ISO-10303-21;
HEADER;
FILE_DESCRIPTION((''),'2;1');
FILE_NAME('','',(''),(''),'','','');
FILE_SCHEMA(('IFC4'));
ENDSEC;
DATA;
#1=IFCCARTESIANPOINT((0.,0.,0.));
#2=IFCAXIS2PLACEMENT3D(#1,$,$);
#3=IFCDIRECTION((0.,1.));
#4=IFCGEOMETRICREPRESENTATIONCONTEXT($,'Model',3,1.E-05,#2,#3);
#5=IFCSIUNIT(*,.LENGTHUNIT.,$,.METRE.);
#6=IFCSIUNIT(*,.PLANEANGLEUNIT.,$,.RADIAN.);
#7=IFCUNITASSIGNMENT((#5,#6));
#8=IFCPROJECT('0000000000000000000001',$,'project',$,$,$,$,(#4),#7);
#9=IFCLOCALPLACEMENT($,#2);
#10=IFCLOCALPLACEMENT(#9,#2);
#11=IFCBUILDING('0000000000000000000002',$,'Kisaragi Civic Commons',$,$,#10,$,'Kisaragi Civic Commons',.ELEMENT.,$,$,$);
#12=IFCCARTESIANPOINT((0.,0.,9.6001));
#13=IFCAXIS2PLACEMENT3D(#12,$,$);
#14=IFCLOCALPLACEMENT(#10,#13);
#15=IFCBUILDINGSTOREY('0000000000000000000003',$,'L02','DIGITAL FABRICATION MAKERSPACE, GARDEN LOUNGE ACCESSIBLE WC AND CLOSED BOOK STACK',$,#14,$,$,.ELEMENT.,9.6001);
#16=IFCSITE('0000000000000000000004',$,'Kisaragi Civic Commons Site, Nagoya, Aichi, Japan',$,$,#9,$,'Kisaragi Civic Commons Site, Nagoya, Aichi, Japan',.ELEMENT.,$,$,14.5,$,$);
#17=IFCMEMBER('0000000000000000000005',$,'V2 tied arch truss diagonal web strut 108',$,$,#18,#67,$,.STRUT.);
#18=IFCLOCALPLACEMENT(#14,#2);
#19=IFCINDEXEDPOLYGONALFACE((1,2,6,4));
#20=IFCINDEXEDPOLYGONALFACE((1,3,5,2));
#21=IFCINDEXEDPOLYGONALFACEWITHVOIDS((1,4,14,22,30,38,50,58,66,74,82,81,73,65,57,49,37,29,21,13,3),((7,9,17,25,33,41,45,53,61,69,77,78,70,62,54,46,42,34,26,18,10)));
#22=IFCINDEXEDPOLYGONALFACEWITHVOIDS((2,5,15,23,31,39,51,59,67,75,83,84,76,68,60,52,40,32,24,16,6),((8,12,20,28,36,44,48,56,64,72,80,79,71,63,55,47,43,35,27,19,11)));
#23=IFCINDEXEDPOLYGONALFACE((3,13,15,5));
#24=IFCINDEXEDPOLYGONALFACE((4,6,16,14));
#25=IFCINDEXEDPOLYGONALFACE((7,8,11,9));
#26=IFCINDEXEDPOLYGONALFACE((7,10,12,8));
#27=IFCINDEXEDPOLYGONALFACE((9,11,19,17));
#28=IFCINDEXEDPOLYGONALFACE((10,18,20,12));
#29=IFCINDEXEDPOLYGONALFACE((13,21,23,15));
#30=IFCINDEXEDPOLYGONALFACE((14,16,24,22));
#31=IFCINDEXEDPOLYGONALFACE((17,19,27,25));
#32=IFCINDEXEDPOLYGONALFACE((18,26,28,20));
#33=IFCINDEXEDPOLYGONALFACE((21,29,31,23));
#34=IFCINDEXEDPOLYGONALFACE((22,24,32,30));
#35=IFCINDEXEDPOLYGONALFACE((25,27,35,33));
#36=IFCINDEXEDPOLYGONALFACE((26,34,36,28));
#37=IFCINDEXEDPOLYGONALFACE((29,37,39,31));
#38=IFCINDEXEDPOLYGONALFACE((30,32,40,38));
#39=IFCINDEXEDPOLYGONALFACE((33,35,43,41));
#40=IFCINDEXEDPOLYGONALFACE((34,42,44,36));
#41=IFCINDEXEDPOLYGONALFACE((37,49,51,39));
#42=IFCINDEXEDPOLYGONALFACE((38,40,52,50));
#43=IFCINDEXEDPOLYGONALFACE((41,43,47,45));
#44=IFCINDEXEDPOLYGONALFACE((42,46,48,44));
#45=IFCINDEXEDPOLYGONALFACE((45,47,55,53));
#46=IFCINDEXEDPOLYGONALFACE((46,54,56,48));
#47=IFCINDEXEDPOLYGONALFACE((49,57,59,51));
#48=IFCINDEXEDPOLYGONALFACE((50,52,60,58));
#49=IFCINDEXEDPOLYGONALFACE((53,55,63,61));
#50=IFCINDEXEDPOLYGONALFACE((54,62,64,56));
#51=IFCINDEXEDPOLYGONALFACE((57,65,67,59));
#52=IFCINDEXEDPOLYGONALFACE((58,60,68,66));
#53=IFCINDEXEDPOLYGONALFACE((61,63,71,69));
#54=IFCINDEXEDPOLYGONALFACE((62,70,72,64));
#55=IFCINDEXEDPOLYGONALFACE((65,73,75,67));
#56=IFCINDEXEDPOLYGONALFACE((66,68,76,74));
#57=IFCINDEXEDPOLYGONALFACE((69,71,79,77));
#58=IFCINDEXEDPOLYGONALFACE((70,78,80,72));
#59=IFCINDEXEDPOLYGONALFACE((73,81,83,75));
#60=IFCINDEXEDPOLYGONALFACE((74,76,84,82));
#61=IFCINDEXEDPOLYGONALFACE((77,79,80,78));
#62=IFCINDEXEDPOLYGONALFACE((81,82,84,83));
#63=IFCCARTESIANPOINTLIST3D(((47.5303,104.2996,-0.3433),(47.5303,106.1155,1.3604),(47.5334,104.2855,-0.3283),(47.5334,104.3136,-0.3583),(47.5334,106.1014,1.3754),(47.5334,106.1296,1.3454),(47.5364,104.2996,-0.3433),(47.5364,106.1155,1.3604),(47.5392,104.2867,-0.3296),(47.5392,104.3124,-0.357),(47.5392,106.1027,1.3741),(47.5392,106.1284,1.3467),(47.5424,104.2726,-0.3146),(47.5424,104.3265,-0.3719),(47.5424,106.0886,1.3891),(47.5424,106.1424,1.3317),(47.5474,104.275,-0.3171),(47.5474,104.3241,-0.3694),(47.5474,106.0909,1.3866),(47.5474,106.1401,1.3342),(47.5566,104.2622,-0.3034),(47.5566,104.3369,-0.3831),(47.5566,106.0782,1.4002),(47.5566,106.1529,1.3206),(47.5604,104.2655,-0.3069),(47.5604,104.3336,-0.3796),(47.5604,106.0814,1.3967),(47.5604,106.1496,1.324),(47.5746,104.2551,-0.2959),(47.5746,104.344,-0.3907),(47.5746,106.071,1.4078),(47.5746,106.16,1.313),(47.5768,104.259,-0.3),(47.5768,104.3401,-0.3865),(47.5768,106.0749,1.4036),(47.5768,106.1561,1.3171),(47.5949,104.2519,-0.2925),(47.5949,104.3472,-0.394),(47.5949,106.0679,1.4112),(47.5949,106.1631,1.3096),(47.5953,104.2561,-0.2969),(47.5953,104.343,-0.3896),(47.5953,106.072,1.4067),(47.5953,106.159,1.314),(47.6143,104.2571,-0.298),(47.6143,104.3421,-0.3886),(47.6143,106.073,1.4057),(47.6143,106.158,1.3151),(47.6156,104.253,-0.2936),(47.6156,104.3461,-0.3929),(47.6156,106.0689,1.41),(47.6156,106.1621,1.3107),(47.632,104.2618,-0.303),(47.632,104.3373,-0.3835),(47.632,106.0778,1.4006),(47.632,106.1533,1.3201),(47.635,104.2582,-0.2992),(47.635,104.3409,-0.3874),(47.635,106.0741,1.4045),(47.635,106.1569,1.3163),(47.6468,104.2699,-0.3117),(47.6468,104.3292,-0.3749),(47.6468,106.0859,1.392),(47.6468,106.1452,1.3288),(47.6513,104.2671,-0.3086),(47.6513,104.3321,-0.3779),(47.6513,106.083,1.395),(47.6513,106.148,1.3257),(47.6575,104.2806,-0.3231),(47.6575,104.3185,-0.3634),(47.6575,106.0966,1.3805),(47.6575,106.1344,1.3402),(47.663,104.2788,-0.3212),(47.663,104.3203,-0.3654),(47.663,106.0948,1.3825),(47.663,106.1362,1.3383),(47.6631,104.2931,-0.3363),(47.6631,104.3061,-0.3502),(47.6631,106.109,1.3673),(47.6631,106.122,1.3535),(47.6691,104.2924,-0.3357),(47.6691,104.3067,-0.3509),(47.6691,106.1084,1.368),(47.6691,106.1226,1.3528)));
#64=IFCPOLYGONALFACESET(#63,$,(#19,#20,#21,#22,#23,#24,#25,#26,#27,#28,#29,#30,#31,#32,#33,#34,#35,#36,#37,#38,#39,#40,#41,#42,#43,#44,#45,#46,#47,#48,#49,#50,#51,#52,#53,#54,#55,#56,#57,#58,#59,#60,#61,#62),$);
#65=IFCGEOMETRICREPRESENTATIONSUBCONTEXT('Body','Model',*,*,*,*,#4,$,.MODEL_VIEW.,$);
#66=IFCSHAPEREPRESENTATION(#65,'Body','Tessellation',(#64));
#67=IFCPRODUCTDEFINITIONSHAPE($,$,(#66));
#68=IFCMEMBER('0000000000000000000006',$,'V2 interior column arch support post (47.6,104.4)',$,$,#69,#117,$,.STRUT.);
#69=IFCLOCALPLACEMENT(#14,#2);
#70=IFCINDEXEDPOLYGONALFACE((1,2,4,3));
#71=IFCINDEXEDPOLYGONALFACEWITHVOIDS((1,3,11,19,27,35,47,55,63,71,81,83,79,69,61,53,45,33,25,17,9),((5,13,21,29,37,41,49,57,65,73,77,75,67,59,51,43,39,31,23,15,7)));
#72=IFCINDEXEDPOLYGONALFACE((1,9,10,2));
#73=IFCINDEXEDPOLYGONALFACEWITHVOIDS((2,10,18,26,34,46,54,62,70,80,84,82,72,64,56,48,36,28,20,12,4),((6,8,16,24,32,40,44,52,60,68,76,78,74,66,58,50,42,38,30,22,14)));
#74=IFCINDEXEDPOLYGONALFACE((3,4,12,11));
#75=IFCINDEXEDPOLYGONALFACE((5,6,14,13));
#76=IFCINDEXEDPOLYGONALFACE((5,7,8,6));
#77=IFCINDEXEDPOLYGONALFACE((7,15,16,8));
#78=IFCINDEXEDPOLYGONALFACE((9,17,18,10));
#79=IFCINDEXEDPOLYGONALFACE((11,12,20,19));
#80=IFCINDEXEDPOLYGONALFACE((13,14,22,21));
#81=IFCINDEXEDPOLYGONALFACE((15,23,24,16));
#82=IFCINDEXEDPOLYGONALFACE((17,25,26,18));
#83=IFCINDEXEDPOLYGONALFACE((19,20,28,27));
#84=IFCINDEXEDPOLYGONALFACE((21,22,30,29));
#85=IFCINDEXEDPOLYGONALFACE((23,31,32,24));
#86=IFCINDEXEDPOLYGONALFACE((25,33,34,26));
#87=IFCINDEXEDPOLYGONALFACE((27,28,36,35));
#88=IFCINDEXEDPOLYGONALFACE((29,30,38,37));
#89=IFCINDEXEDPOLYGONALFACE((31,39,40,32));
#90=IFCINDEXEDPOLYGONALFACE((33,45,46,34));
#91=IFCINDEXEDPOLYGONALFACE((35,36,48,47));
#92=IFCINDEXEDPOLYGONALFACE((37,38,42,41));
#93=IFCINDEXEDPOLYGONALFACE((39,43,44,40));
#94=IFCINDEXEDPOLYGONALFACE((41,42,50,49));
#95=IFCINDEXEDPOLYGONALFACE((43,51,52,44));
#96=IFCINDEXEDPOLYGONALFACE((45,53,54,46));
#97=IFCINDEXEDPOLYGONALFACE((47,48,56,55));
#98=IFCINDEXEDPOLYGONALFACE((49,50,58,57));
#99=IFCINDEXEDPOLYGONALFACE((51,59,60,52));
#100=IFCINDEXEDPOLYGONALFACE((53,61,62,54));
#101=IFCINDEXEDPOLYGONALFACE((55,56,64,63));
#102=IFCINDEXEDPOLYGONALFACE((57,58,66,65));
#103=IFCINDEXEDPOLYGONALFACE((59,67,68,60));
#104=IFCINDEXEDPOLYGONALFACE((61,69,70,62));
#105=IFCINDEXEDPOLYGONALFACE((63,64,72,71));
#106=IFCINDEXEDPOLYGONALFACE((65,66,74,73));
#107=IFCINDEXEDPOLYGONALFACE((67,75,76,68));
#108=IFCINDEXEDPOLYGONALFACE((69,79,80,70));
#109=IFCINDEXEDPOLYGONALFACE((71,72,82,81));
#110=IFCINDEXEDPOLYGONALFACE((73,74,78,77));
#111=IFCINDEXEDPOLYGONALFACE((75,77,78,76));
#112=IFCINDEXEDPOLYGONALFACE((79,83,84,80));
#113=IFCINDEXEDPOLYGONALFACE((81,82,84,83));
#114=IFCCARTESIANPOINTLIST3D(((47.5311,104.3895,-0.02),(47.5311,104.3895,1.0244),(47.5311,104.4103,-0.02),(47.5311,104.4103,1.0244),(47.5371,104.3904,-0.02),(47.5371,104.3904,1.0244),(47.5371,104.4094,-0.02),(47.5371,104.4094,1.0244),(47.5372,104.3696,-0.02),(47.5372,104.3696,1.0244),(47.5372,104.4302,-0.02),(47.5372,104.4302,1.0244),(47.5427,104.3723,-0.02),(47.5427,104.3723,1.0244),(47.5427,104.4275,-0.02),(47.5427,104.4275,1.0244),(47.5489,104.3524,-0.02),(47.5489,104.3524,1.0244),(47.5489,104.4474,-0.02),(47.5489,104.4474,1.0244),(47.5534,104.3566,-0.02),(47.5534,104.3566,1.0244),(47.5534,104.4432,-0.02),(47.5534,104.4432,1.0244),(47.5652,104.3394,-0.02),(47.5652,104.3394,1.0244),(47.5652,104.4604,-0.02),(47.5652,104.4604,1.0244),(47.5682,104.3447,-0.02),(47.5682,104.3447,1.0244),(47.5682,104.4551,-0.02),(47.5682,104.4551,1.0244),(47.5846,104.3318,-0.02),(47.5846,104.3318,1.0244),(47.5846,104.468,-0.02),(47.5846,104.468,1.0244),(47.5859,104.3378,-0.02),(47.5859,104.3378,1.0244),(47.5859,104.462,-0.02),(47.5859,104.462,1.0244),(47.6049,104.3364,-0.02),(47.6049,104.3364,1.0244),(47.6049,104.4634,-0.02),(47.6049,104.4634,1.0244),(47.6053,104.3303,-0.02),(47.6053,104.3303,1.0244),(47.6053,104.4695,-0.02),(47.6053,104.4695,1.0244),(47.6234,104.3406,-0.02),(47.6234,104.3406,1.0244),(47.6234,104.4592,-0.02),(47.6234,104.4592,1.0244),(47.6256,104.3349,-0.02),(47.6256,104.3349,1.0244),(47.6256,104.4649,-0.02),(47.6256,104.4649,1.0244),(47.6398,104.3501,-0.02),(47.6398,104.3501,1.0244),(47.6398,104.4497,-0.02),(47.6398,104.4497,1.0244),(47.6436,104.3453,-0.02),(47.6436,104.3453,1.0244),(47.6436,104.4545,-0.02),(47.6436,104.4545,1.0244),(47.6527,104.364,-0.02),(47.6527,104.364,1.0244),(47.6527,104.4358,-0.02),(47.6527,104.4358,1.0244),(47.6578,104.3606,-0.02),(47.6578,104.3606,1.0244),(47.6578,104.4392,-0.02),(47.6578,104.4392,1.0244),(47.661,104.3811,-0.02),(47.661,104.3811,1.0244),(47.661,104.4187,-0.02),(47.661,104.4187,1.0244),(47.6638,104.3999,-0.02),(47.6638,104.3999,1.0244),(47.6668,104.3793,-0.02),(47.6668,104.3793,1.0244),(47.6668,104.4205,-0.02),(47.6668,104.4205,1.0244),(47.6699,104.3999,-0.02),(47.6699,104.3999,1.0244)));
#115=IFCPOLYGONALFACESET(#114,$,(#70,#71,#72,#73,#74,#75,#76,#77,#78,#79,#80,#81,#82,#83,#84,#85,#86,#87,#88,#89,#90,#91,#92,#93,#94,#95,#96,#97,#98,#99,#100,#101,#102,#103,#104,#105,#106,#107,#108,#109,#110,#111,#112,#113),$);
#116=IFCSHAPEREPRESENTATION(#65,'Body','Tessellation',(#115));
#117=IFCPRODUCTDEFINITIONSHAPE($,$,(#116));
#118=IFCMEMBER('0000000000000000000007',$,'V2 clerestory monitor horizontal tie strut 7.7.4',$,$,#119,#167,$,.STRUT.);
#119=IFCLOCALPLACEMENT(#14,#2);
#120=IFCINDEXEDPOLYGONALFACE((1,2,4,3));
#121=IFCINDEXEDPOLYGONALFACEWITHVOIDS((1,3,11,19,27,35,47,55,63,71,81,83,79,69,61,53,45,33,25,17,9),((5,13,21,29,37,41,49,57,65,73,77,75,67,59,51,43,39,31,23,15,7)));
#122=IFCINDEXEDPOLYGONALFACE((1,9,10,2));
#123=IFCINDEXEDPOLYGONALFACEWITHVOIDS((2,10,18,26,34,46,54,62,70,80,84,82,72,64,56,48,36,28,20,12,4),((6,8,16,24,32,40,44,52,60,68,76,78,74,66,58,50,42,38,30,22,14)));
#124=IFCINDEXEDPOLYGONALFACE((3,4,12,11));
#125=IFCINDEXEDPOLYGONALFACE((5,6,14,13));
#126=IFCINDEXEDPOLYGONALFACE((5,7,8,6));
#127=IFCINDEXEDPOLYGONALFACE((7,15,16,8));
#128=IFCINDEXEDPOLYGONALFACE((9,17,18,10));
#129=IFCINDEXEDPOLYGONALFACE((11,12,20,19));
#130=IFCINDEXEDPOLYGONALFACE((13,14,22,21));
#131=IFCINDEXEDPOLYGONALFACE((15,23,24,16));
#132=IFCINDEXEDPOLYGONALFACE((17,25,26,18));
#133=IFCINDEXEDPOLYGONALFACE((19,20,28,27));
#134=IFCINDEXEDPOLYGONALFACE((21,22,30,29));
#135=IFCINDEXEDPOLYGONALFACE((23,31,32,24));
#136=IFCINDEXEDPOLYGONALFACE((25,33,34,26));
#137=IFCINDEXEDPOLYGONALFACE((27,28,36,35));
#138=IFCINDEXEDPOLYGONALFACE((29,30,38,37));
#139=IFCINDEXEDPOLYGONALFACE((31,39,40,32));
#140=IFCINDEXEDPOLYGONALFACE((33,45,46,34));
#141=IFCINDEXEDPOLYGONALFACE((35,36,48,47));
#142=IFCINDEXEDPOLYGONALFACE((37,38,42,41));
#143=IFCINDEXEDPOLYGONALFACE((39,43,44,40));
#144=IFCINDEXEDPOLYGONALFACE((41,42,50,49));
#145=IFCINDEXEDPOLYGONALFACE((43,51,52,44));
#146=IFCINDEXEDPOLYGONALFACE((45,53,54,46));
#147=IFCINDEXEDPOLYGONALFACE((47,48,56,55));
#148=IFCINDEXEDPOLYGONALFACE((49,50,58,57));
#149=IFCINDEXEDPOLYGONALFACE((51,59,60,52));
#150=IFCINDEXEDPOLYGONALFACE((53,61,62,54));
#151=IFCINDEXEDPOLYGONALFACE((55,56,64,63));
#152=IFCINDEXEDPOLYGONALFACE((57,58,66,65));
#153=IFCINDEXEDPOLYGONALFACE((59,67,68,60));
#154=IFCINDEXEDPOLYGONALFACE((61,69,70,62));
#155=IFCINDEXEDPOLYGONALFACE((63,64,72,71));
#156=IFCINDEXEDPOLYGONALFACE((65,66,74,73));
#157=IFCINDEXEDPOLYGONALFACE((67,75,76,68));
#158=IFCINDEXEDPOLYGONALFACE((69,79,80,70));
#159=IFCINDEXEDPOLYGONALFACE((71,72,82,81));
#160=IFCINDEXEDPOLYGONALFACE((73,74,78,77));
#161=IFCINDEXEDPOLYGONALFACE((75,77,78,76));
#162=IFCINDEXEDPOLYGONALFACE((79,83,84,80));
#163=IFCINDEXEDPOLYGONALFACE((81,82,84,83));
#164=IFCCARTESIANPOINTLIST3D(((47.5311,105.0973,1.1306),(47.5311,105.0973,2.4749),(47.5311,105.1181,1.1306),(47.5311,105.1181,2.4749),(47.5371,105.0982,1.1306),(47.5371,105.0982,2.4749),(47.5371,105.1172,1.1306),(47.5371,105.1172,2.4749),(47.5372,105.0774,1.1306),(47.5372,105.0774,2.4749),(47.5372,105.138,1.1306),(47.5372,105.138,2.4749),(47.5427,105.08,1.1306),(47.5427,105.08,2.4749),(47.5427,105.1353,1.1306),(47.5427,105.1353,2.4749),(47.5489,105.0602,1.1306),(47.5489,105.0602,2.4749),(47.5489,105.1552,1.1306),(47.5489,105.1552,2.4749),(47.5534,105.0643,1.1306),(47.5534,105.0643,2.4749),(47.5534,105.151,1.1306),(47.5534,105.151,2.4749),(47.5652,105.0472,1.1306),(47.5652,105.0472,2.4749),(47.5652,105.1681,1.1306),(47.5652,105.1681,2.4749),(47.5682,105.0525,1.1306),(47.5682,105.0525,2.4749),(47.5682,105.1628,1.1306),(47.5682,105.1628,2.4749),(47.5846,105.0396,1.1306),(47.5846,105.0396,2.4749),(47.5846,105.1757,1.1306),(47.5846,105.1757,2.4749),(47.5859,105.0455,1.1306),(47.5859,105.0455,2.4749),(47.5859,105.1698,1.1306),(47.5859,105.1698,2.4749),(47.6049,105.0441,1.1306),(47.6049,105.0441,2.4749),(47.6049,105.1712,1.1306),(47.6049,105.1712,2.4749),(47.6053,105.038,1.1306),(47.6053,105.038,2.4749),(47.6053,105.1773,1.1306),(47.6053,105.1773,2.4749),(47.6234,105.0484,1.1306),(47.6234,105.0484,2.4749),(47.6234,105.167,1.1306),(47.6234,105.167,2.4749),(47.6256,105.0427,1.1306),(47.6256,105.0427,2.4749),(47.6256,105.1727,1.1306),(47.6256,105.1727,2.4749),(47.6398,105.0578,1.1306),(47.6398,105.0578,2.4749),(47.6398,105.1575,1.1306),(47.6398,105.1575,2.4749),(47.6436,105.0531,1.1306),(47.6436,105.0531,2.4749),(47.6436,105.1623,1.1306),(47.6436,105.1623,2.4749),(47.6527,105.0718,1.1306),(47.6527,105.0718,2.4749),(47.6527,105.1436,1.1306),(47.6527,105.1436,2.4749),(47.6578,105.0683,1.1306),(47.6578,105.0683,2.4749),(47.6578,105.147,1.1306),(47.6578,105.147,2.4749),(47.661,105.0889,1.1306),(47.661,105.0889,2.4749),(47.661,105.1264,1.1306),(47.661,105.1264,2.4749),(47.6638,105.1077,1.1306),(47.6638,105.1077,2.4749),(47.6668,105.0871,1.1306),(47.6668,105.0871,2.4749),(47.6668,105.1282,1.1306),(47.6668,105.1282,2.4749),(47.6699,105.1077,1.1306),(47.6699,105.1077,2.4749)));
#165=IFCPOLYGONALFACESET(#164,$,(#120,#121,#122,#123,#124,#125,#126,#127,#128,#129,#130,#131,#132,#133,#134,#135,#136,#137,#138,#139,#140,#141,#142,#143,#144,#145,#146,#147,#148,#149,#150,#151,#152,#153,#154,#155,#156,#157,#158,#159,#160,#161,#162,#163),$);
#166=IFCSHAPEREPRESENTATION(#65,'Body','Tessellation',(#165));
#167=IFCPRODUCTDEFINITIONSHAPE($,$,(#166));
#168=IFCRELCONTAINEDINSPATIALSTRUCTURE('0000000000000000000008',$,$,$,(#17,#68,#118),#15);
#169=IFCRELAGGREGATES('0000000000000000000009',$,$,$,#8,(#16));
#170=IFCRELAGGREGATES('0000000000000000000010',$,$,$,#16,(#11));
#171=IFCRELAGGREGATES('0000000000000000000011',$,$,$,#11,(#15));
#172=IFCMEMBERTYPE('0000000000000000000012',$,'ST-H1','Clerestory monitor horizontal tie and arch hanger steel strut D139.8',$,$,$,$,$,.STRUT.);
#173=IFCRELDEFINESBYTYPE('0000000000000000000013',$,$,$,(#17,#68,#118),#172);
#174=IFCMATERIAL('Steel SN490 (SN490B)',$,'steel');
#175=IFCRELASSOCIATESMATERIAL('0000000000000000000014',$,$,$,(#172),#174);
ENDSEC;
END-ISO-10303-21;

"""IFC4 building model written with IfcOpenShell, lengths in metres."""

from ifc_helpers import new_model, si_unit, direction, frame, origin, origin_2d, place, context, subcontext, project, spatial, hollow_circle, extrude, material, material_profile, profile_set, type_object, element, save


model = new_model("IFC4")

# Units and contexts
model_context = context("Model", 3, precision=1e-05, world=origin(), true_north=direction((0.0, 1.0)))
body_context = subcontext(model_context, "Body", "Model", "MODEL_VIEW")
ifc_project = project(units=[si_unit("LENGTHUNIT", "METRE"), si_unit("PLANEANGLEUNIT", "RADIAN")], contexts=[model_context])

# Site, building, storey
site_placement = place(None, origin())
site = spatial("IfcSite", under=ifc_project, at=site_placement, Name="Kisaragi Civic Commons Site, Nagoya, Aichi, Japan", LongName="Kisaragi Civic Commons Site, Nagoya, Aichi, Japan", CompositionType="ELEMENT", RefElevation=14.5)
building_placement = place(site_placement, origin())
building = spatial("IfcBuilding", under=site, at=building_placement, Name="Kisaragi Civic Commons", LongName="Kisaragi Civic Commons", CompositionType="ELEMENT")
storey_placement = place(building_placement, frame((0.0, 0.0, 9.6001)))
storey = spatial("IfcBuildingStorey", under=building, at=storey_placement, Name="L02", Description="DIGITAL FABRICATION MAKERSPACE, GARDEN LOUNGE ACCESSIBLE WC AND CLOSED BOOK STACK", CompositionType="ELEMENT", Elevation=9.6001)

# Members
ifc_material_1 = material(Name="Steel SN490 (SN490B)", Category="steel")
ifc_material_profile_1 = material_profile(ifc_material_1, hollow_circle(Radius=0.0698, WallThickness=0.0061, at=origin_2d()), Name="CHS-139.8x6.0", Category="steel")
ifc_profile_set_1 = profile_set([ifc_material_profile_1], Name="Steel SN490 (SN490B)")
member_type_1 = type_object("IfcMemberType", Name="ST-H1", Description="Clerestory monitor horizontal tie and arch hanger steel strut D139.8", PredefinedType="STRUT", material=ifc_profile_set_1)
member_1_placement = place(storey_placement, frame((47.6001, 104.2996, -0.3433), z_axis=(0.0, 0.729299, 0.684195), x_axis=(-1.0, 0.0, 0.0)))
element("IfcMember", 1, at=member_1_placement, inside=storey, type_object=member_type_1, Name="V2 tied arch truss diagonal web strut 108", PredefinedType="STRUT", context=body_context, shape_type="SweptSolid", body=[
    extrude(hollow_circle(Radius=0.0698, WallThickness=0.0061, at=origin_2d()), origin(), (0.0, 0.0, 1.0), 2.49),
])
member_2_placement = place(storey_placement, frame((47.6001, 104.3999, -0.02), z_axis=(0.0, 0.0, 1.0), x_axis=(1.0, 0.0, 0.0)))
element("IfcMember", 2, at=member_2_placement, inside=storey, type_object=member_type_1, Name="V2 interior column arch support post (47.6,104.4)", PredefinedType="STRUT", context=body_context, shape_type="SweptSolid", body=[
    extrude(hollow_circle(Radius=0.0698, WallThickness=0.0061, at=origin_2d()), origin(), (0.0, 0.0, 1.0), 1.0444),
])
member_3_placement = place(storey_placement, frame((47.6001, 105.1077, 1.1306), z_axis=(0.0, 0.0, 1.0), x_axis=(1.0, 0.0, 0.0)))
element("IfcMember", 3, at=member_3_placement, inside=storey, type_object=member_type_1, Name="V2 clerestory monitor horizontal tie strut 7.7.4", PredefinedType="STRUT", context=body_context, shape_type="SweptSolid", body=[
    extrude(hollow_circle(Radius=0.0698, WallThickness=0.0061, at=origin_2d()), origin(), (0.0, 0.0, 1.0), 1.3442),
])

save(model, "model.ifc")
